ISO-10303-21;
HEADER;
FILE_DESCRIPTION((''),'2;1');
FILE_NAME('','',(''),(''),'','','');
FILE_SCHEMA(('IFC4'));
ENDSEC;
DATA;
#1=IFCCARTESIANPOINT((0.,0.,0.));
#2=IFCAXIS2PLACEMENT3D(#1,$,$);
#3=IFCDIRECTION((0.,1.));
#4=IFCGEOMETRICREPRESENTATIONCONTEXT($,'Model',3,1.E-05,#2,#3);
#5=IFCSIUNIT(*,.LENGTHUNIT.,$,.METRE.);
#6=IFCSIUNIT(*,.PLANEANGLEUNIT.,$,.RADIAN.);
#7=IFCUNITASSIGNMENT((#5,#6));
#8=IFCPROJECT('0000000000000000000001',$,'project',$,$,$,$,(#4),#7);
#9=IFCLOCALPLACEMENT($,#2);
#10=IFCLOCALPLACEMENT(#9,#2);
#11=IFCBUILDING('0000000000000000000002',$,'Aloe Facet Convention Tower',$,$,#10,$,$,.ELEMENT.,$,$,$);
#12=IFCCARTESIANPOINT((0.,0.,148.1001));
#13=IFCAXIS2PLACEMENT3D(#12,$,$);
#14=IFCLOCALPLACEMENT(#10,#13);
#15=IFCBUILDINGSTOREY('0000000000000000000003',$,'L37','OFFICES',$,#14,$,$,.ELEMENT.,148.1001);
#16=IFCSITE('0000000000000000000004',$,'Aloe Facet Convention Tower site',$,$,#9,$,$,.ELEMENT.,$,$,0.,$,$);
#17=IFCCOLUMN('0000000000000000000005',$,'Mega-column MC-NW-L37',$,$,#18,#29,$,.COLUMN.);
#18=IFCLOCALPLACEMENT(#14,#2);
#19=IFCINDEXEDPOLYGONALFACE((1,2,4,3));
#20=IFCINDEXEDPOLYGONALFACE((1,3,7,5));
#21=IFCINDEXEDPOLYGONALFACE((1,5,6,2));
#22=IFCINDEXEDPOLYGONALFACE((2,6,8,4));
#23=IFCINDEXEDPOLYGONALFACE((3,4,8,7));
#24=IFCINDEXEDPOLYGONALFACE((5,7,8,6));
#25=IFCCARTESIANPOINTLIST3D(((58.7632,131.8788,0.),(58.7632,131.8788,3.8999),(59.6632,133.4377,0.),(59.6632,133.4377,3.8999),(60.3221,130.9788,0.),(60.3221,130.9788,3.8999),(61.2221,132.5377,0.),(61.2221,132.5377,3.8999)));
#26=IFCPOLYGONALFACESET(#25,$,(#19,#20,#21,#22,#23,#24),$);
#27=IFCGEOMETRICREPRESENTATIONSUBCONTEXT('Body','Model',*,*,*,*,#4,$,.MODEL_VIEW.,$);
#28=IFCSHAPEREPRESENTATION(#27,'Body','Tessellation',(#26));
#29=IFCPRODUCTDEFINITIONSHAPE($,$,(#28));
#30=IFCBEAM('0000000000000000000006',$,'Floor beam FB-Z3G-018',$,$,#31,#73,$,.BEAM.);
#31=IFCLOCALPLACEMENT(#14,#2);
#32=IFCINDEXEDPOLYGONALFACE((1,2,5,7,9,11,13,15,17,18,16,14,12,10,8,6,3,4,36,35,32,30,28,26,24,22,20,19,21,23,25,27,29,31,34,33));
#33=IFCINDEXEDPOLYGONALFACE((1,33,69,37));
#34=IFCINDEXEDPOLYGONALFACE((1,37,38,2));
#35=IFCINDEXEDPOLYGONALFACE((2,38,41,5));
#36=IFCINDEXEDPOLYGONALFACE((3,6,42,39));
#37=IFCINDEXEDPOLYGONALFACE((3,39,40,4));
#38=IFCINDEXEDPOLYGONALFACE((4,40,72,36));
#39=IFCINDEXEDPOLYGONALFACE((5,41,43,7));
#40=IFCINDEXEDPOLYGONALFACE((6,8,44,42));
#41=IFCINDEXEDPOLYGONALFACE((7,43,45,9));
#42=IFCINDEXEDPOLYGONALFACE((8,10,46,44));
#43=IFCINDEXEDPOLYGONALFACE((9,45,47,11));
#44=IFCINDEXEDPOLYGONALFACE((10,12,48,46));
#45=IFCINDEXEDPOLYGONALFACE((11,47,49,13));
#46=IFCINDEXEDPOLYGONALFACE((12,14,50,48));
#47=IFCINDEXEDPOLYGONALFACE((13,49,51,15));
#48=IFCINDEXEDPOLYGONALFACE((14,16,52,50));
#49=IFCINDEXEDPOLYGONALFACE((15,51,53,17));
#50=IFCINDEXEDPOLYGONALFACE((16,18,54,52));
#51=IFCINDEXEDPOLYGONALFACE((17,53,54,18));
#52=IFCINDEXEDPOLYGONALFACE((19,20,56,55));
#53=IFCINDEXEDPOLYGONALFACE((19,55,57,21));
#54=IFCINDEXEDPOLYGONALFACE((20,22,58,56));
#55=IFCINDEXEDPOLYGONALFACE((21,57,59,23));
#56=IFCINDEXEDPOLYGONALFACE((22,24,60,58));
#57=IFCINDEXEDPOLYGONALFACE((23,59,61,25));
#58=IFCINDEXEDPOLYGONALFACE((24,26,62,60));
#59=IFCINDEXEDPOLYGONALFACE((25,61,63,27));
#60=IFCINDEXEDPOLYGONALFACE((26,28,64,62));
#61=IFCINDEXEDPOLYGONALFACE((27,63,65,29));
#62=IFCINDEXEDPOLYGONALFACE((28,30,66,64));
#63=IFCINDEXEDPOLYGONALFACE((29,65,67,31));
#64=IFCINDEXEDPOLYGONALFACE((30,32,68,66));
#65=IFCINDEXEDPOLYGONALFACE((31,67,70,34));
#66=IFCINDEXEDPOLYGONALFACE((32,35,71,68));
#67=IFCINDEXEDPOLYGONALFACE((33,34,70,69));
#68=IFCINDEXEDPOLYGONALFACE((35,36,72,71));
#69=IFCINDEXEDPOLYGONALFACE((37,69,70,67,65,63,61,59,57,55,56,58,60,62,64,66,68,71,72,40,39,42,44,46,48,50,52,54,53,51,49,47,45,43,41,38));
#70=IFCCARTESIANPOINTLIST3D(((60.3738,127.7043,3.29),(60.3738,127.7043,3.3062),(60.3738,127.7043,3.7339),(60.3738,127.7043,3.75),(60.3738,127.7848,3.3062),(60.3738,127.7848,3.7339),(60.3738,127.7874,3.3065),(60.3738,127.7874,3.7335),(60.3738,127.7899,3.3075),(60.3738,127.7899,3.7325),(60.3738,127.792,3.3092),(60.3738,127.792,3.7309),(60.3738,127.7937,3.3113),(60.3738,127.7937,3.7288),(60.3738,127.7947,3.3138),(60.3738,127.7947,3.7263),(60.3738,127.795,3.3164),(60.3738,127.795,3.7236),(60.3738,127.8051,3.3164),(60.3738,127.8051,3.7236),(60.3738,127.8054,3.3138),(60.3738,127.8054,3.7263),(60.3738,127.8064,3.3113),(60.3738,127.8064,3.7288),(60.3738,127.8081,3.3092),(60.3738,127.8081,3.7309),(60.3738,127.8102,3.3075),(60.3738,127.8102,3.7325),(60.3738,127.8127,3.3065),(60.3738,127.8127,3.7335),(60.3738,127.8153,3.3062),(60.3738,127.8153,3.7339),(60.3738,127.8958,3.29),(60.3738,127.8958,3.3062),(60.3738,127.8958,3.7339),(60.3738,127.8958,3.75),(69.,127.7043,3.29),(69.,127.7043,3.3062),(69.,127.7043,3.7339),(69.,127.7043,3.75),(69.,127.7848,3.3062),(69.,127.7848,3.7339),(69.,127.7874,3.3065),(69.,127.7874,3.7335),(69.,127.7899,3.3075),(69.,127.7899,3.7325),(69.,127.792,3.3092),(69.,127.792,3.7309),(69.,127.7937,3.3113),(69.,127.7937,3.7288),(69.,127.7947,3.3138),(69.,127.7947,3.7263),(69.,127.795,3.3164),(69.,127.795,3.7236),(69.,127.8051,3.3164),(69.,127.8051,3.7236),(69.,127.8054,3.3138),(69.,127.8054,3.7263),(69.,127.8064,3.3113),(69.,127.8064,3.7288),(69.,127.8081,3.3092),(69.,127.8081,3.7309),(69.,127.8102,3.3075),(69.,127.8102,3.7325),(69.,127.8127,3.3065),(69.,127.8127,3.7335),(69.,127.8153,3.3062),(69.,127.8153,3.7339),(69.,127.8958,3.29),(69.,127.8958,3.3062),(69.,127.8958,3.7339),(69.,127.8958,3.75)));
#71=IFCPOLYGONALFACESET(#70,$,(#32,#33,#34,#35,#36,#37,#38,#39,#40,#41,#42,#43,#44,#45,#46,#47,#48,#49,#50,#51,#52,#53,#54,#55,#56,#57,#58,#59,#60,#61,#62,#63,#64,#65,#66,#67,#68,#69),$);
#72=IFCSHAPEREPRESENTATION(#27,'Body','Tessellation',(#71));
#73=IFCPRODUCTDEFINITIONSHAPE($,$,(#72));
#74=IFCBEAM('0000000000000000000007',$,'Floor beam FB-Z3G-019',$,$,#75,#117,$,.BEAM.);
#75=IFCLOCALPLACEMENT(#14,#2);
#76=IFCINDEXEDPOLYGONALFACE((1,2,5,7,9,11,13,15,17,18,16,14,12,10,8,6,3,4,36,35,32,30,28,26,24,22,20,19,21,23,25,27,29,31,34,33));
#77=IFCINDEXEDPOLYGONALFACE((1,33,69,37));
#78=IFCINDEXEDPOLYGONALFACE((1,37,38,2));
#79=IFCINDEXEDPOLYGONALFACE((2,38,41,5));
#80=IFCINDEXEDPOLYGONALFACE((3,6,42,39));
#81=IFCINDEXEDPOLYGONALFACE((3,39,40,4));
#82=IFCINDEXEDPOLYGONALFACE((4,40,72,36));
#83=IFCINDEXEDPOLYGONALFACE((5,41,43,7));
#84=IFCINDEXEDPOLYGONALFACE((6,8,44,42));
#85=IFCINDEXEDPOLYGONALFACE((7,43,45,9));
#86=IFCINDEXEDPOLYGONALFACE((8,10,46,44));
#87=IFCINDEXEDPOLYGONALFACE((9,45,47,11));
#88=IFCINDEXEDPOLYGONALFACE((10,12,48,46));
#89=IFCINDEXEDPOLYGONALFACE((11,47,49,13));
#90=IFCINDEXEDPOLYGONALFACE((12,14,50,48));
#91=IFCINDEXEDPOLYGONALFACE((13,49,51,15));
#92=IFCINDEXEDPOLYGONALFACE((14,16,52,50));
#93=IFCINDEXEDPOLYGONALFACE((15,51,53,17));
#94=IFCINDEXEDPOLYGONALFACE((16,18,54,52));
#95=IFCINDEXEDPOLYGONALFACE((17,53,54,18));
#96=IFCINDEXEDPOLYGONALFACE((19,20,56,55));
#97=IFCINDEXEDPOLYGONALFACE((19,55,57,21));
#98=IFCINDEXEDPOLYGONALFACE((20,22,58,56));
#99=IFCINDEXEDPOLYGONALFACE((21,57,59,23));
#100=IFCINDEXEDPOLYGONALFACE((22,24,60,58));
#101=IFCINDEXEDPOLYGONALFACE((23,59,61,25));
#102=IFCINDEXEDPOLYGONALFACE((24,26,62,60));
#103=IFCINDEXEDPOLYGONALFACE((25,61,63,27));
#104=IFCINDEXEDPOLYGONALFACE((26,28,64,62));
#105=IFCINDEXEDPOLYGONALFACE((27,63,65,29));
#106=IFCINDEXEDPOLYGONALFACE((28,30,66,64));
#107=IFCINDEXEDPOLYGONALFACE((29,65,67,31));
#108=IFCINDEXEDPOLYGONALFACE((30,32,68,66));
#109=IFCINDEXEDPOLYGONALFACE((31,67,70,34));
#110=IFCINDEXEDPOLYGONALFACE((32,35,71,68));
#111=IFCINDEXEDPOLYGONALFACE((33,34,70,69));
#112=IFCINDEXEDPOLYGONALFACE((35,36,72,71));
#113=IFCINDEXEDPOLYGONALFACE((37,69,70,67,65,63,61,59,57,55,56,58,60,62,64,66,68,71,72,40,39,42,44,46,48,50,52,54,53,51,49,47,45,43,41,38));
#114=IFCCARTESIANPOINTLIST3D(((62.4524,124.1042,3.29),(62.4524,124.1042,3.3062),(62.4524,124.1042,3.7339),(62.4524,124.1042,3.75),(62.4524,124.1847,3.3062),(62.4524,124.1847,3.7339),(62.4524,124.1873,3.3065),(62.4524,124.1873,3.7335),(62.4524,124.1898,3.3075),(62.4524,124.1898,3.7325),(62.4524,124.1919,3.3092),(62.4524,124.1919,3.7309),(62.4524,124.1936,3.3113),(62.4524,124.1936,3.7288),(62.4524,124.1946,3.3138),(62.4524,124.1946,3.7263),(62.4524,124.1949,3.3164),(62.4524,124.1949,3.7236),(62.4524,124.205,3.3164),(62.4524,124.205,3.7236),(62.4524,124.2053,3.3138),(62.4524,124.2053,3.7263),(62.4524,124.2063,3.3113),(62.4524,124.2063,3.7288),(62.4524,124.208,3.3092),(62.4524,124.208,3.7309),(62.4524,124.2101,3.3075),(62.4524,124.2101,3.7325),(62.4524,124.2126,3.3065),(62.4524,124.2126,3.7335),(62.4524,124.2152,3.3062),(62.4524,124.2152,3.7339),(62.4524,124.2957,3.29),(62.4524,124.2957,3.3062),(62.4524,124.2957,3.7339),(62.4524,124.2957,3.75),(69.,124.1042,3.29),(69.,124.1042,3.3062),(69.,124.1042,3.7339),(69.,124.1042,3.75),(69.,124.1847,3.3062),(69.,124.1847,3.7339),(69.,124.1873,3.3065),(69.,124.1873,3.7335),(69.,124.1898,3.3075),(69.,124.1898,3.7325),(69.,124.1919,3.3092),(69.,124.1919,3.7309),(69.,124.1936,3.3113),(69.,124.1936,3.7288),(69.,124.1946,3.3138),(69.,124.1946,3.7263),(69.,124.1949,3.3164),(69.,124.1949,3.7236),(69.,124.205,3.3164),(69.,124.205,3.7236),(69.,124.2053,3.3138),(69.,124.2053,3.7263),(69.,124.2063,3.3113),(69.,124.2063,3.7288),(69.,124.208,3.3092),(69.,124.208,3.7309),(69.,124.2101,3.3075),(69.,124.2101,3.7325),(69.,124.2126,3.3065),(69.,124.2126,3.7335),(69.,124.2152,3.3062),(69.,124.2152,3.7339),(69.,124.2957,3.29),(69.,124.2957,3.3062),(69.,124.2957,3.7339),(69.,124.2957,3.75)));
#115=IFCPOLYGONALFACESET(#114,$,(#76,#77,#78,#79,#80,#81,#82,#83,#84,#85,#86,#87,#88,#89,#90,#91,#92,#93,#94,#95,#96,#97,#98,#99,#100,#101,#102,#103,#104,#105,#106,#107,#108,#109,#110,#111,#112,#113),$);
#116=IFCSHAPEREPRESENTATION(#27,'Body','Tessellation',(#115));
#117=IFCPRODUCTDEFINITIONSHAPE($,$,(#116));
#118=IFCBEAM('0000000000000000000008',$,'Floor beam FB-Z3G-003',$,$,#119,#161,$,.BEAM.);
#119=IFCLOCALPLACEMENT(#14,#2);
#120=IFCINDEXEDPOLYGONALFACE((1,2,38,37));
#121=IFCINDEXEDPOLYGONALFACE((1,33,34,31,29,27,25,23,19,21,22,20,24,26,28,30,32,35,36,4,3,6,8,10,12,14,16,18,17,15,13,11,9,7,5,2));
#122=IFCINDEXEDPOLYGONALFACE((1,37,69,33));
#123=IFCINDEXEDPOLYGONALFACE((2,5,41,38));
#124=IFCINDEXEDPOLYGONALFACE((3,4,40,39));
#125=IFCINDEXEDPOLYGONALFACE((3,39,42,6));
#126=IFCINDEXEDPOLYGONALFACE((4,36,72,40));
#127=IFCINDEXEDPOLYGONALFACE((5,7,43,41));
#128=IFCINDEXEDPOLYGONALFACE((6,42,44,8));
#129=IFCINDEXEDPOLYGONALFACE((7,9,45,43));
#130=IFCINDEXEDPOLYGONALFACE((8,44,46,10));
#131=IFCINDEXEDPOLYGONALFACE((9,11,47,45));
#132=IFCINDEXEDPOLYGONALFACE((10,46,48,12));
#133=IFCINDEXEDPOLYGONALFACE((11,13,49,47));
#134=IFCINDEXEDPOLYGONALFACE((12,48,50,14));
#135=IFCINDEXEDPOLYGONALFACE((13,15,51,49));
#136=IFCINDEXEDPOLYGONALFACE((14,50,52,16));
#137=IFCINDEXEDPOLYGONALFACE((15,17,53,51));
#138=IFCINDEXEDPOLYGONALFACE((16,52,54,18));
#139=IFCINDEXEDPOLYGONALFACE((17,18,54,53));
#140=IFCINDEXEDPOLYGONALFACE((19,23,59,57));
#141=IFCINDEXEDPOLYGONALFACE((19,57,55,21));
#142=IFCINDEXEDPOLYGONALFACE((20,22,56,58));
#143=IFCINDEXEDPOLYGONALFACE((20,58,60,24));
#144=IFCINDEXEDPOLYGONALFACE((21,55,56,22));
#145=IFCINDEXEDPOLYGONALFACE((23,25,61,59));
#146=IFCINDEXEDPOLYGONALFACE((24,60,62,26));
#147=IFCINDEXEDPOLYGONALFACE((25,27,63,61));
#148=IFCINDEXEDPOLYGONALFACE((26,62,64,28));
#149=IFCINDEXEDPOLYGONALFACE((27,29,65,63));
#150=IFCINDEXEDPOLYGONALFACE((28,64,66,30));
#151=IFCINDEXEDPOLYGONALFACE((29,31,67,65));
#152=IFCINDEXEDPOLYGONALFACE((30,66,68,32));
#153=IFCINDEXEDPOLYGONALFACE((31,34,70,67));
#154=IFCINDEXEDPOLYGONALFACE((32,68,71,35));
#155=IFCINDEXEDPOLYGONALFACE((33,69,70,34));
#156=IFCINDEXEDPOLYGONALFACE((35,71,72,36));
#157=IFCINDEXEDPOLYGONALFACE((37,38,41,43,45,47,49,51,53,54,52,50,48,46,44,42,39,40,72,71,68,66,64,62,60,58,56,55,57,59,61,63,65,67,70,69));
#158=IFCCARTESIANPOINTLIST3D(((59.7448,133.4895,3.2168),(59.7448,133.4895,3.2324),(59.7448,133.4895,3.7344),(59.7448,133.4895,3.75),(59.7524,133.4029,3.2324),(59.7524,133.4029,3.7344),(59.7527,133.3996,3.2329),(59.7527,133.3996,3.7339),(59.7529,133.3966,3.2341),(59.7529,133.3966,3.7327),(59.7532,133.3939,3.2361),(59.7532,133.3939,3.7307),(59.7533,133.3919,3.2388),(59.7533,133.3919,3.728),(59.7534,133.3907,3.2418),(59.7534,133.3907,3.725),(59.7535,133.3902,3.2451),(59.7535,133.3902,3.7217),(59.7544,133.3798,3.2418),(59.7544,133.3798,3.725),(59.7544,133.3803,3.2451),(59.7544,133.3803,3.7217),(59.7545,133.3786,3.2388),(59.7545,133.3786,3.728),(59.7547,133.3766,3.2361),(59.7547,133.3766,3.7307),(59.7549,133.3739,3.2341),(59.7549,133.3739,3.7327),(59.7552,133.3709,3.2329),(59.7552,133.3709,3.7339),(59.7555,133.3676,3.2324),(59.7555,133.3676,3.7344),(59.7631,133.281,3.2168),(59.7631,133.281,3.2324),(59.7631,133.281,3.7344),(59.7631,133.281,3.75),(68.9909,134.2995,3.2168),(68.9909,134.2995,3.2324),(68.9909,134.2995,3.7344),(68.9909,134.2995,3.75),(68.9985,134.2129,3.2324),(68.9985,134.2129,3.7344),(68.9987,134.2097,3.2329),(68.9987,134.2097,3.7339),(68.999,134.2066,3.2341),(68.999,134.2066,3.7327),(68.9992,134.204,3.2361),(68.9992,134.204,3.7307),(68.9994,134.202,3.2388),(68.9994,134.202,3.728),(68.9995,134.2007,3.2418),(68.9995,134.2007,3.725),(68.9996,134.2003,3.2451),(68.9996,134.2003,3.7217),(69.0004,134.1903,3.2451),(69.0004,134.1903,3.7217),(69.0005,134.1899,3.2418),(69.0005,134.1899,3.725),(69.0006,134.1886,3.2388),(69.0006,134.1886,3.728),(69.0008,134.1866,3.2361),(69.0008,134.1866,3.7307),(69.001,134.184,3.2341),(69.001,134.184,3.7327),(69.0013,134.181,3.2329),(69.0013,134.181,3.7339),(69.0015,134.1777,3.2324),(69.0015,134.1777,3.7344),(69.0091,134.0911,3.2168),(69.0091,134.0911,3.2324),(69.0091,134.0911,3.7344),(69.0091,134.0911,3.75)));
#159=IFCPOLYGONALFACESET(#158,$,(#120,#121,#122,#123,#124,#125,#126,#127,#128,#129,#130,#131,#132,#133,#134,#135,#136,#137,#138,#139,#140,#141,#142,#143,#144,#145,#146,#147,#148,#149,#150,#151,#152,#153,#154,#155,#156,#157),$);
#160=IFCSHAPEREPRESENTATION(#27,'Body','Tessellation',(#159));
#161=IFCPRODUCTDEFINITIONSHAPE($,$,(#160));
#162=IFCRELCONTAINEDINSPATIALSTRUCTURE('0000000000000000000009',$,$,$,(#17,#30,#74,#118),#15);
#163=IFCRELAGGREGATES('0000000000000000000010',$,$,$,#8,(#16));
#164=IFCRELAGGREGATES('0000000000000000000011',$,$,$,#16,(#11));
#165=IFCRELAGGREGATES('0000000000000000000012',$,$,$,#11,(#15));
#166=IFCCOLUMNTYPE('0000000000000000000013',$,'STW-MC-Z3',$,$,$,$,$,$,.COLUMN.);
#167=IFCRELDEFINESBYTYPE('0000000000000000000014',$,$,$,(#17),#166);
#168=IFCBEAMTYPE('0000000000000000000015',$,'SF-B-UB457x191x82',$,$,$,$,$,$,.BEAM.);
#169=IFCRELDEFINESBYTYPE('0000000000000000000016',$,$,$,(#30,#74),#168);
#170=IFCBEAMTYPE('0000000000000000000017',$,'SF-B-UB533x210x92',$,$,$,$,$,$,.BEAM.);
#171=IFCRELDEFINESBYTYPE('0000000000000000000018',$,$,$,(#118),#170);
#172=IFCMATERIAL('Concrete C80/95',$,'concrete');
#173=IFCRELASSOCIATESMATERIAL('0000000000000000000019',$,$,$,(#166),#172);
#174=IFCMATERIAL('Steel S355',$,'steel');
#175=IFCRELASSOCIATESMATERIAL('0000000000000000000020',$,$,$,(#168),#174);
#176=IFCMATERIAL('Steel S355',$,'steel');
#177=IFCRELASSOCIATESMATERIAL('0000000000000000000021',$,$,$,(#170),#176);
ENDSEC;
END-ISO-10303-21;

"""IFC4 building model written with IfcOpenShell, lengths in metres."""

from ifc_helpers import new_model, si_unit, direction, frame, origin, origin_2d, place, context, subcontext, project, spatial, rectangle, i_section, extrude, material, material_profile, profile_set, type_object, element, save


model = new_model("IFC4")

# Units and contexts
model_context = context("Model", 3, precision=1e-05, world=origin(), true_north=direction((0.0, 1.0)))
body_context = subcontext(model_context, "Body", "Model", "MODEL_VIEW")
ifc_project = project(units=[si_unit("LENGTHUNIT", "METRE"), si_unit("PLANEANGLEUNIT", "RADIAN")], contexts=[model_context])

# Site, building, storey
site_placement = place(None, origin())
site = spatial("IfcSite", under=ifc_project, at=site_placement, Name="Aloe Facet Convention Tower site", CompositionType="ELEMENT", RefElevation=0.0)
building_placement = place(site_placement, origin())
building = spatial("IfcBuilding", under=site, at=building_placement, Name="Aloe Facet Convention Tower", CompositionType="ELEMENT")
storey_placement = place(building_placement, frame((0.0, 0.0, 148.1001)))
storey = spatial("IfcBuildingStorey", under=building, at=storey_placement, Name="L37", Description="OFFICES", CompositionType="ELEMENT", Elevation=148.1001)

# Column
ifc_material_1 = material(Name="Concrete C80/95", Category="concrete")
ifc_material_profile_1 = material_profile(ifc_material_1, rectangle(XDim=1.8, YDim=1.8, at=origin_2d()), Name="STW-MC-Z3")
ifc_profile_set_1 = profile_set([ifc_material_profile_1], Name="Concrete C80/95")
column_type = type_object("IfcColumnType", Name="STW-MC-Z3", PredefinedType="COLUMN", material=ifc_profile_set_1)
column_placement = place(storey_placement, frame((59.9927, 132.2083, 0.0), z_axis=(0.0, 0.0, 1.0), x_axis=(-0.5, -0.866025, 0.0)))
element("IfcColumn", 1, at=column_placement, inside=storey, type_object=column_type, Name="Mega-column MC-NW-L37", PredefinedType="COLUMN", context=body_context, shape_type="SweptSolid", body=[
    extrude(rectangle(XDim=1.8, YDim=1.8, at=origin_2d()), origin(), (0.0, 0.0, 1.0), 3.8999),
])

# Beams
ifc_material_2 = material(Name="Steel S355", Category="steel")
ifc_material_profile_2 = material_profile(ifc_material_2, i_section(OverallWidth=0.1914, OverallDepth=0.46, WebThickness=0.01, FlangeThickness=0.0161, FilletRadius=0.0103, at=origin_2d()), Name="UB 457x191x82")
ifc_profile_set_2 = profile_set([ifc_material_profile_2], Name="Steel S355")
beam_type_1 = type_object("IfcBeamType", Name="SF-B-UB457x191x82", PredefinedType="BEAM", material=ifc_profile_set_2)
beam_1_placement = place(storey_placement, frame((60.3738, 127.8, 3.52), z_axis=(1.0, 0.0, 0.0), x_axis=(0.0, 1.0, 0.0)))
element("IfcBeam", 2, at=beam_1_placement, inside=storey, type_object=beam_type_1, Name="Floor beam FB-Z3G-018", PredefinedType="BEAM", context=body_context, shape_type="SweptSolid", body=[
    extrude(i_section(OverallWidth=0.1914, OverallDepth=0.46, WebThickness=0.01, FlangeThickness=0.0161, FilletRadius=0.0103, at=origin_2d()), origin(), (0.0, 0.0, 1.0), 8.6262),
])
beam_2_placement = place(storey_placement, frame((62.4524, 124.2, 3.52), z_axis=(1.0, 0.0, 0.0), x_axis=(0.0, 1.0, 0.0)))
element("IfcBeam", 3, at=beam_2_placement, inside=storey, type_object=beam_type_1, Name="Floor beam FB-Z3G-019", PredefinedType="BEAM", context=body_context, shape_type="SweptSolid", body=[
    extrude(i_section(OverallWidth=0.1914, OverallDepth=0.46, WebThickness=0.01, FlangeThickness=0.0161, FilletRadius=0.0103, at=origin_2d()), origin(), (0.0, 0.0, 1.0), 6.5476),
])
ifc_material_3 = material(Name="Steel S355", Category="steel")
ifc_material_profile_3 = material_profile(ifc_material_3, i_section(OverallWidth=0.2092, OverallDepth=0.5332, WebThickness=0.01, FlangeThickness=0.0156, FilletRadius=0.0127, at=origin_2d()), Name="UB 533x210x92")
ifc_profile_set_3 = profile_set([ifc_material_profile_3], Name="Steel S355")
beam_type_2 = type_object("IfcBeamType", Name="SF-B-UB533x210x92", PredefinedType="BEAM", material=ifc_profile_set_3)
beam_3_placement = place(storey_placement, frame((69.0, 134.1953, 3.4834), z_axis=(-0.996184, -0.087277, 0.0), x_axis=(0.087277, -0.996184, 0.0)))
element("IfcBeam", 4, at=beam_3_placement, inside=storey, type_object=beam_type_2, Name="Floor beam FB-Z3G-003", PredefinedType="BEAM", context=body_context, shape_type="SweptSolid", body=[
    extrude(i_section(OverallWidth=0.2092, OverallDepth=0.5332, WebThickness=0.01, FlangeThickness=0.0156, FilletRadius=0.0127, at=origin_2d()), origin(), (0.0, 0.0, 1.0), 9.2815),
])

save(model, "model.ifc")
